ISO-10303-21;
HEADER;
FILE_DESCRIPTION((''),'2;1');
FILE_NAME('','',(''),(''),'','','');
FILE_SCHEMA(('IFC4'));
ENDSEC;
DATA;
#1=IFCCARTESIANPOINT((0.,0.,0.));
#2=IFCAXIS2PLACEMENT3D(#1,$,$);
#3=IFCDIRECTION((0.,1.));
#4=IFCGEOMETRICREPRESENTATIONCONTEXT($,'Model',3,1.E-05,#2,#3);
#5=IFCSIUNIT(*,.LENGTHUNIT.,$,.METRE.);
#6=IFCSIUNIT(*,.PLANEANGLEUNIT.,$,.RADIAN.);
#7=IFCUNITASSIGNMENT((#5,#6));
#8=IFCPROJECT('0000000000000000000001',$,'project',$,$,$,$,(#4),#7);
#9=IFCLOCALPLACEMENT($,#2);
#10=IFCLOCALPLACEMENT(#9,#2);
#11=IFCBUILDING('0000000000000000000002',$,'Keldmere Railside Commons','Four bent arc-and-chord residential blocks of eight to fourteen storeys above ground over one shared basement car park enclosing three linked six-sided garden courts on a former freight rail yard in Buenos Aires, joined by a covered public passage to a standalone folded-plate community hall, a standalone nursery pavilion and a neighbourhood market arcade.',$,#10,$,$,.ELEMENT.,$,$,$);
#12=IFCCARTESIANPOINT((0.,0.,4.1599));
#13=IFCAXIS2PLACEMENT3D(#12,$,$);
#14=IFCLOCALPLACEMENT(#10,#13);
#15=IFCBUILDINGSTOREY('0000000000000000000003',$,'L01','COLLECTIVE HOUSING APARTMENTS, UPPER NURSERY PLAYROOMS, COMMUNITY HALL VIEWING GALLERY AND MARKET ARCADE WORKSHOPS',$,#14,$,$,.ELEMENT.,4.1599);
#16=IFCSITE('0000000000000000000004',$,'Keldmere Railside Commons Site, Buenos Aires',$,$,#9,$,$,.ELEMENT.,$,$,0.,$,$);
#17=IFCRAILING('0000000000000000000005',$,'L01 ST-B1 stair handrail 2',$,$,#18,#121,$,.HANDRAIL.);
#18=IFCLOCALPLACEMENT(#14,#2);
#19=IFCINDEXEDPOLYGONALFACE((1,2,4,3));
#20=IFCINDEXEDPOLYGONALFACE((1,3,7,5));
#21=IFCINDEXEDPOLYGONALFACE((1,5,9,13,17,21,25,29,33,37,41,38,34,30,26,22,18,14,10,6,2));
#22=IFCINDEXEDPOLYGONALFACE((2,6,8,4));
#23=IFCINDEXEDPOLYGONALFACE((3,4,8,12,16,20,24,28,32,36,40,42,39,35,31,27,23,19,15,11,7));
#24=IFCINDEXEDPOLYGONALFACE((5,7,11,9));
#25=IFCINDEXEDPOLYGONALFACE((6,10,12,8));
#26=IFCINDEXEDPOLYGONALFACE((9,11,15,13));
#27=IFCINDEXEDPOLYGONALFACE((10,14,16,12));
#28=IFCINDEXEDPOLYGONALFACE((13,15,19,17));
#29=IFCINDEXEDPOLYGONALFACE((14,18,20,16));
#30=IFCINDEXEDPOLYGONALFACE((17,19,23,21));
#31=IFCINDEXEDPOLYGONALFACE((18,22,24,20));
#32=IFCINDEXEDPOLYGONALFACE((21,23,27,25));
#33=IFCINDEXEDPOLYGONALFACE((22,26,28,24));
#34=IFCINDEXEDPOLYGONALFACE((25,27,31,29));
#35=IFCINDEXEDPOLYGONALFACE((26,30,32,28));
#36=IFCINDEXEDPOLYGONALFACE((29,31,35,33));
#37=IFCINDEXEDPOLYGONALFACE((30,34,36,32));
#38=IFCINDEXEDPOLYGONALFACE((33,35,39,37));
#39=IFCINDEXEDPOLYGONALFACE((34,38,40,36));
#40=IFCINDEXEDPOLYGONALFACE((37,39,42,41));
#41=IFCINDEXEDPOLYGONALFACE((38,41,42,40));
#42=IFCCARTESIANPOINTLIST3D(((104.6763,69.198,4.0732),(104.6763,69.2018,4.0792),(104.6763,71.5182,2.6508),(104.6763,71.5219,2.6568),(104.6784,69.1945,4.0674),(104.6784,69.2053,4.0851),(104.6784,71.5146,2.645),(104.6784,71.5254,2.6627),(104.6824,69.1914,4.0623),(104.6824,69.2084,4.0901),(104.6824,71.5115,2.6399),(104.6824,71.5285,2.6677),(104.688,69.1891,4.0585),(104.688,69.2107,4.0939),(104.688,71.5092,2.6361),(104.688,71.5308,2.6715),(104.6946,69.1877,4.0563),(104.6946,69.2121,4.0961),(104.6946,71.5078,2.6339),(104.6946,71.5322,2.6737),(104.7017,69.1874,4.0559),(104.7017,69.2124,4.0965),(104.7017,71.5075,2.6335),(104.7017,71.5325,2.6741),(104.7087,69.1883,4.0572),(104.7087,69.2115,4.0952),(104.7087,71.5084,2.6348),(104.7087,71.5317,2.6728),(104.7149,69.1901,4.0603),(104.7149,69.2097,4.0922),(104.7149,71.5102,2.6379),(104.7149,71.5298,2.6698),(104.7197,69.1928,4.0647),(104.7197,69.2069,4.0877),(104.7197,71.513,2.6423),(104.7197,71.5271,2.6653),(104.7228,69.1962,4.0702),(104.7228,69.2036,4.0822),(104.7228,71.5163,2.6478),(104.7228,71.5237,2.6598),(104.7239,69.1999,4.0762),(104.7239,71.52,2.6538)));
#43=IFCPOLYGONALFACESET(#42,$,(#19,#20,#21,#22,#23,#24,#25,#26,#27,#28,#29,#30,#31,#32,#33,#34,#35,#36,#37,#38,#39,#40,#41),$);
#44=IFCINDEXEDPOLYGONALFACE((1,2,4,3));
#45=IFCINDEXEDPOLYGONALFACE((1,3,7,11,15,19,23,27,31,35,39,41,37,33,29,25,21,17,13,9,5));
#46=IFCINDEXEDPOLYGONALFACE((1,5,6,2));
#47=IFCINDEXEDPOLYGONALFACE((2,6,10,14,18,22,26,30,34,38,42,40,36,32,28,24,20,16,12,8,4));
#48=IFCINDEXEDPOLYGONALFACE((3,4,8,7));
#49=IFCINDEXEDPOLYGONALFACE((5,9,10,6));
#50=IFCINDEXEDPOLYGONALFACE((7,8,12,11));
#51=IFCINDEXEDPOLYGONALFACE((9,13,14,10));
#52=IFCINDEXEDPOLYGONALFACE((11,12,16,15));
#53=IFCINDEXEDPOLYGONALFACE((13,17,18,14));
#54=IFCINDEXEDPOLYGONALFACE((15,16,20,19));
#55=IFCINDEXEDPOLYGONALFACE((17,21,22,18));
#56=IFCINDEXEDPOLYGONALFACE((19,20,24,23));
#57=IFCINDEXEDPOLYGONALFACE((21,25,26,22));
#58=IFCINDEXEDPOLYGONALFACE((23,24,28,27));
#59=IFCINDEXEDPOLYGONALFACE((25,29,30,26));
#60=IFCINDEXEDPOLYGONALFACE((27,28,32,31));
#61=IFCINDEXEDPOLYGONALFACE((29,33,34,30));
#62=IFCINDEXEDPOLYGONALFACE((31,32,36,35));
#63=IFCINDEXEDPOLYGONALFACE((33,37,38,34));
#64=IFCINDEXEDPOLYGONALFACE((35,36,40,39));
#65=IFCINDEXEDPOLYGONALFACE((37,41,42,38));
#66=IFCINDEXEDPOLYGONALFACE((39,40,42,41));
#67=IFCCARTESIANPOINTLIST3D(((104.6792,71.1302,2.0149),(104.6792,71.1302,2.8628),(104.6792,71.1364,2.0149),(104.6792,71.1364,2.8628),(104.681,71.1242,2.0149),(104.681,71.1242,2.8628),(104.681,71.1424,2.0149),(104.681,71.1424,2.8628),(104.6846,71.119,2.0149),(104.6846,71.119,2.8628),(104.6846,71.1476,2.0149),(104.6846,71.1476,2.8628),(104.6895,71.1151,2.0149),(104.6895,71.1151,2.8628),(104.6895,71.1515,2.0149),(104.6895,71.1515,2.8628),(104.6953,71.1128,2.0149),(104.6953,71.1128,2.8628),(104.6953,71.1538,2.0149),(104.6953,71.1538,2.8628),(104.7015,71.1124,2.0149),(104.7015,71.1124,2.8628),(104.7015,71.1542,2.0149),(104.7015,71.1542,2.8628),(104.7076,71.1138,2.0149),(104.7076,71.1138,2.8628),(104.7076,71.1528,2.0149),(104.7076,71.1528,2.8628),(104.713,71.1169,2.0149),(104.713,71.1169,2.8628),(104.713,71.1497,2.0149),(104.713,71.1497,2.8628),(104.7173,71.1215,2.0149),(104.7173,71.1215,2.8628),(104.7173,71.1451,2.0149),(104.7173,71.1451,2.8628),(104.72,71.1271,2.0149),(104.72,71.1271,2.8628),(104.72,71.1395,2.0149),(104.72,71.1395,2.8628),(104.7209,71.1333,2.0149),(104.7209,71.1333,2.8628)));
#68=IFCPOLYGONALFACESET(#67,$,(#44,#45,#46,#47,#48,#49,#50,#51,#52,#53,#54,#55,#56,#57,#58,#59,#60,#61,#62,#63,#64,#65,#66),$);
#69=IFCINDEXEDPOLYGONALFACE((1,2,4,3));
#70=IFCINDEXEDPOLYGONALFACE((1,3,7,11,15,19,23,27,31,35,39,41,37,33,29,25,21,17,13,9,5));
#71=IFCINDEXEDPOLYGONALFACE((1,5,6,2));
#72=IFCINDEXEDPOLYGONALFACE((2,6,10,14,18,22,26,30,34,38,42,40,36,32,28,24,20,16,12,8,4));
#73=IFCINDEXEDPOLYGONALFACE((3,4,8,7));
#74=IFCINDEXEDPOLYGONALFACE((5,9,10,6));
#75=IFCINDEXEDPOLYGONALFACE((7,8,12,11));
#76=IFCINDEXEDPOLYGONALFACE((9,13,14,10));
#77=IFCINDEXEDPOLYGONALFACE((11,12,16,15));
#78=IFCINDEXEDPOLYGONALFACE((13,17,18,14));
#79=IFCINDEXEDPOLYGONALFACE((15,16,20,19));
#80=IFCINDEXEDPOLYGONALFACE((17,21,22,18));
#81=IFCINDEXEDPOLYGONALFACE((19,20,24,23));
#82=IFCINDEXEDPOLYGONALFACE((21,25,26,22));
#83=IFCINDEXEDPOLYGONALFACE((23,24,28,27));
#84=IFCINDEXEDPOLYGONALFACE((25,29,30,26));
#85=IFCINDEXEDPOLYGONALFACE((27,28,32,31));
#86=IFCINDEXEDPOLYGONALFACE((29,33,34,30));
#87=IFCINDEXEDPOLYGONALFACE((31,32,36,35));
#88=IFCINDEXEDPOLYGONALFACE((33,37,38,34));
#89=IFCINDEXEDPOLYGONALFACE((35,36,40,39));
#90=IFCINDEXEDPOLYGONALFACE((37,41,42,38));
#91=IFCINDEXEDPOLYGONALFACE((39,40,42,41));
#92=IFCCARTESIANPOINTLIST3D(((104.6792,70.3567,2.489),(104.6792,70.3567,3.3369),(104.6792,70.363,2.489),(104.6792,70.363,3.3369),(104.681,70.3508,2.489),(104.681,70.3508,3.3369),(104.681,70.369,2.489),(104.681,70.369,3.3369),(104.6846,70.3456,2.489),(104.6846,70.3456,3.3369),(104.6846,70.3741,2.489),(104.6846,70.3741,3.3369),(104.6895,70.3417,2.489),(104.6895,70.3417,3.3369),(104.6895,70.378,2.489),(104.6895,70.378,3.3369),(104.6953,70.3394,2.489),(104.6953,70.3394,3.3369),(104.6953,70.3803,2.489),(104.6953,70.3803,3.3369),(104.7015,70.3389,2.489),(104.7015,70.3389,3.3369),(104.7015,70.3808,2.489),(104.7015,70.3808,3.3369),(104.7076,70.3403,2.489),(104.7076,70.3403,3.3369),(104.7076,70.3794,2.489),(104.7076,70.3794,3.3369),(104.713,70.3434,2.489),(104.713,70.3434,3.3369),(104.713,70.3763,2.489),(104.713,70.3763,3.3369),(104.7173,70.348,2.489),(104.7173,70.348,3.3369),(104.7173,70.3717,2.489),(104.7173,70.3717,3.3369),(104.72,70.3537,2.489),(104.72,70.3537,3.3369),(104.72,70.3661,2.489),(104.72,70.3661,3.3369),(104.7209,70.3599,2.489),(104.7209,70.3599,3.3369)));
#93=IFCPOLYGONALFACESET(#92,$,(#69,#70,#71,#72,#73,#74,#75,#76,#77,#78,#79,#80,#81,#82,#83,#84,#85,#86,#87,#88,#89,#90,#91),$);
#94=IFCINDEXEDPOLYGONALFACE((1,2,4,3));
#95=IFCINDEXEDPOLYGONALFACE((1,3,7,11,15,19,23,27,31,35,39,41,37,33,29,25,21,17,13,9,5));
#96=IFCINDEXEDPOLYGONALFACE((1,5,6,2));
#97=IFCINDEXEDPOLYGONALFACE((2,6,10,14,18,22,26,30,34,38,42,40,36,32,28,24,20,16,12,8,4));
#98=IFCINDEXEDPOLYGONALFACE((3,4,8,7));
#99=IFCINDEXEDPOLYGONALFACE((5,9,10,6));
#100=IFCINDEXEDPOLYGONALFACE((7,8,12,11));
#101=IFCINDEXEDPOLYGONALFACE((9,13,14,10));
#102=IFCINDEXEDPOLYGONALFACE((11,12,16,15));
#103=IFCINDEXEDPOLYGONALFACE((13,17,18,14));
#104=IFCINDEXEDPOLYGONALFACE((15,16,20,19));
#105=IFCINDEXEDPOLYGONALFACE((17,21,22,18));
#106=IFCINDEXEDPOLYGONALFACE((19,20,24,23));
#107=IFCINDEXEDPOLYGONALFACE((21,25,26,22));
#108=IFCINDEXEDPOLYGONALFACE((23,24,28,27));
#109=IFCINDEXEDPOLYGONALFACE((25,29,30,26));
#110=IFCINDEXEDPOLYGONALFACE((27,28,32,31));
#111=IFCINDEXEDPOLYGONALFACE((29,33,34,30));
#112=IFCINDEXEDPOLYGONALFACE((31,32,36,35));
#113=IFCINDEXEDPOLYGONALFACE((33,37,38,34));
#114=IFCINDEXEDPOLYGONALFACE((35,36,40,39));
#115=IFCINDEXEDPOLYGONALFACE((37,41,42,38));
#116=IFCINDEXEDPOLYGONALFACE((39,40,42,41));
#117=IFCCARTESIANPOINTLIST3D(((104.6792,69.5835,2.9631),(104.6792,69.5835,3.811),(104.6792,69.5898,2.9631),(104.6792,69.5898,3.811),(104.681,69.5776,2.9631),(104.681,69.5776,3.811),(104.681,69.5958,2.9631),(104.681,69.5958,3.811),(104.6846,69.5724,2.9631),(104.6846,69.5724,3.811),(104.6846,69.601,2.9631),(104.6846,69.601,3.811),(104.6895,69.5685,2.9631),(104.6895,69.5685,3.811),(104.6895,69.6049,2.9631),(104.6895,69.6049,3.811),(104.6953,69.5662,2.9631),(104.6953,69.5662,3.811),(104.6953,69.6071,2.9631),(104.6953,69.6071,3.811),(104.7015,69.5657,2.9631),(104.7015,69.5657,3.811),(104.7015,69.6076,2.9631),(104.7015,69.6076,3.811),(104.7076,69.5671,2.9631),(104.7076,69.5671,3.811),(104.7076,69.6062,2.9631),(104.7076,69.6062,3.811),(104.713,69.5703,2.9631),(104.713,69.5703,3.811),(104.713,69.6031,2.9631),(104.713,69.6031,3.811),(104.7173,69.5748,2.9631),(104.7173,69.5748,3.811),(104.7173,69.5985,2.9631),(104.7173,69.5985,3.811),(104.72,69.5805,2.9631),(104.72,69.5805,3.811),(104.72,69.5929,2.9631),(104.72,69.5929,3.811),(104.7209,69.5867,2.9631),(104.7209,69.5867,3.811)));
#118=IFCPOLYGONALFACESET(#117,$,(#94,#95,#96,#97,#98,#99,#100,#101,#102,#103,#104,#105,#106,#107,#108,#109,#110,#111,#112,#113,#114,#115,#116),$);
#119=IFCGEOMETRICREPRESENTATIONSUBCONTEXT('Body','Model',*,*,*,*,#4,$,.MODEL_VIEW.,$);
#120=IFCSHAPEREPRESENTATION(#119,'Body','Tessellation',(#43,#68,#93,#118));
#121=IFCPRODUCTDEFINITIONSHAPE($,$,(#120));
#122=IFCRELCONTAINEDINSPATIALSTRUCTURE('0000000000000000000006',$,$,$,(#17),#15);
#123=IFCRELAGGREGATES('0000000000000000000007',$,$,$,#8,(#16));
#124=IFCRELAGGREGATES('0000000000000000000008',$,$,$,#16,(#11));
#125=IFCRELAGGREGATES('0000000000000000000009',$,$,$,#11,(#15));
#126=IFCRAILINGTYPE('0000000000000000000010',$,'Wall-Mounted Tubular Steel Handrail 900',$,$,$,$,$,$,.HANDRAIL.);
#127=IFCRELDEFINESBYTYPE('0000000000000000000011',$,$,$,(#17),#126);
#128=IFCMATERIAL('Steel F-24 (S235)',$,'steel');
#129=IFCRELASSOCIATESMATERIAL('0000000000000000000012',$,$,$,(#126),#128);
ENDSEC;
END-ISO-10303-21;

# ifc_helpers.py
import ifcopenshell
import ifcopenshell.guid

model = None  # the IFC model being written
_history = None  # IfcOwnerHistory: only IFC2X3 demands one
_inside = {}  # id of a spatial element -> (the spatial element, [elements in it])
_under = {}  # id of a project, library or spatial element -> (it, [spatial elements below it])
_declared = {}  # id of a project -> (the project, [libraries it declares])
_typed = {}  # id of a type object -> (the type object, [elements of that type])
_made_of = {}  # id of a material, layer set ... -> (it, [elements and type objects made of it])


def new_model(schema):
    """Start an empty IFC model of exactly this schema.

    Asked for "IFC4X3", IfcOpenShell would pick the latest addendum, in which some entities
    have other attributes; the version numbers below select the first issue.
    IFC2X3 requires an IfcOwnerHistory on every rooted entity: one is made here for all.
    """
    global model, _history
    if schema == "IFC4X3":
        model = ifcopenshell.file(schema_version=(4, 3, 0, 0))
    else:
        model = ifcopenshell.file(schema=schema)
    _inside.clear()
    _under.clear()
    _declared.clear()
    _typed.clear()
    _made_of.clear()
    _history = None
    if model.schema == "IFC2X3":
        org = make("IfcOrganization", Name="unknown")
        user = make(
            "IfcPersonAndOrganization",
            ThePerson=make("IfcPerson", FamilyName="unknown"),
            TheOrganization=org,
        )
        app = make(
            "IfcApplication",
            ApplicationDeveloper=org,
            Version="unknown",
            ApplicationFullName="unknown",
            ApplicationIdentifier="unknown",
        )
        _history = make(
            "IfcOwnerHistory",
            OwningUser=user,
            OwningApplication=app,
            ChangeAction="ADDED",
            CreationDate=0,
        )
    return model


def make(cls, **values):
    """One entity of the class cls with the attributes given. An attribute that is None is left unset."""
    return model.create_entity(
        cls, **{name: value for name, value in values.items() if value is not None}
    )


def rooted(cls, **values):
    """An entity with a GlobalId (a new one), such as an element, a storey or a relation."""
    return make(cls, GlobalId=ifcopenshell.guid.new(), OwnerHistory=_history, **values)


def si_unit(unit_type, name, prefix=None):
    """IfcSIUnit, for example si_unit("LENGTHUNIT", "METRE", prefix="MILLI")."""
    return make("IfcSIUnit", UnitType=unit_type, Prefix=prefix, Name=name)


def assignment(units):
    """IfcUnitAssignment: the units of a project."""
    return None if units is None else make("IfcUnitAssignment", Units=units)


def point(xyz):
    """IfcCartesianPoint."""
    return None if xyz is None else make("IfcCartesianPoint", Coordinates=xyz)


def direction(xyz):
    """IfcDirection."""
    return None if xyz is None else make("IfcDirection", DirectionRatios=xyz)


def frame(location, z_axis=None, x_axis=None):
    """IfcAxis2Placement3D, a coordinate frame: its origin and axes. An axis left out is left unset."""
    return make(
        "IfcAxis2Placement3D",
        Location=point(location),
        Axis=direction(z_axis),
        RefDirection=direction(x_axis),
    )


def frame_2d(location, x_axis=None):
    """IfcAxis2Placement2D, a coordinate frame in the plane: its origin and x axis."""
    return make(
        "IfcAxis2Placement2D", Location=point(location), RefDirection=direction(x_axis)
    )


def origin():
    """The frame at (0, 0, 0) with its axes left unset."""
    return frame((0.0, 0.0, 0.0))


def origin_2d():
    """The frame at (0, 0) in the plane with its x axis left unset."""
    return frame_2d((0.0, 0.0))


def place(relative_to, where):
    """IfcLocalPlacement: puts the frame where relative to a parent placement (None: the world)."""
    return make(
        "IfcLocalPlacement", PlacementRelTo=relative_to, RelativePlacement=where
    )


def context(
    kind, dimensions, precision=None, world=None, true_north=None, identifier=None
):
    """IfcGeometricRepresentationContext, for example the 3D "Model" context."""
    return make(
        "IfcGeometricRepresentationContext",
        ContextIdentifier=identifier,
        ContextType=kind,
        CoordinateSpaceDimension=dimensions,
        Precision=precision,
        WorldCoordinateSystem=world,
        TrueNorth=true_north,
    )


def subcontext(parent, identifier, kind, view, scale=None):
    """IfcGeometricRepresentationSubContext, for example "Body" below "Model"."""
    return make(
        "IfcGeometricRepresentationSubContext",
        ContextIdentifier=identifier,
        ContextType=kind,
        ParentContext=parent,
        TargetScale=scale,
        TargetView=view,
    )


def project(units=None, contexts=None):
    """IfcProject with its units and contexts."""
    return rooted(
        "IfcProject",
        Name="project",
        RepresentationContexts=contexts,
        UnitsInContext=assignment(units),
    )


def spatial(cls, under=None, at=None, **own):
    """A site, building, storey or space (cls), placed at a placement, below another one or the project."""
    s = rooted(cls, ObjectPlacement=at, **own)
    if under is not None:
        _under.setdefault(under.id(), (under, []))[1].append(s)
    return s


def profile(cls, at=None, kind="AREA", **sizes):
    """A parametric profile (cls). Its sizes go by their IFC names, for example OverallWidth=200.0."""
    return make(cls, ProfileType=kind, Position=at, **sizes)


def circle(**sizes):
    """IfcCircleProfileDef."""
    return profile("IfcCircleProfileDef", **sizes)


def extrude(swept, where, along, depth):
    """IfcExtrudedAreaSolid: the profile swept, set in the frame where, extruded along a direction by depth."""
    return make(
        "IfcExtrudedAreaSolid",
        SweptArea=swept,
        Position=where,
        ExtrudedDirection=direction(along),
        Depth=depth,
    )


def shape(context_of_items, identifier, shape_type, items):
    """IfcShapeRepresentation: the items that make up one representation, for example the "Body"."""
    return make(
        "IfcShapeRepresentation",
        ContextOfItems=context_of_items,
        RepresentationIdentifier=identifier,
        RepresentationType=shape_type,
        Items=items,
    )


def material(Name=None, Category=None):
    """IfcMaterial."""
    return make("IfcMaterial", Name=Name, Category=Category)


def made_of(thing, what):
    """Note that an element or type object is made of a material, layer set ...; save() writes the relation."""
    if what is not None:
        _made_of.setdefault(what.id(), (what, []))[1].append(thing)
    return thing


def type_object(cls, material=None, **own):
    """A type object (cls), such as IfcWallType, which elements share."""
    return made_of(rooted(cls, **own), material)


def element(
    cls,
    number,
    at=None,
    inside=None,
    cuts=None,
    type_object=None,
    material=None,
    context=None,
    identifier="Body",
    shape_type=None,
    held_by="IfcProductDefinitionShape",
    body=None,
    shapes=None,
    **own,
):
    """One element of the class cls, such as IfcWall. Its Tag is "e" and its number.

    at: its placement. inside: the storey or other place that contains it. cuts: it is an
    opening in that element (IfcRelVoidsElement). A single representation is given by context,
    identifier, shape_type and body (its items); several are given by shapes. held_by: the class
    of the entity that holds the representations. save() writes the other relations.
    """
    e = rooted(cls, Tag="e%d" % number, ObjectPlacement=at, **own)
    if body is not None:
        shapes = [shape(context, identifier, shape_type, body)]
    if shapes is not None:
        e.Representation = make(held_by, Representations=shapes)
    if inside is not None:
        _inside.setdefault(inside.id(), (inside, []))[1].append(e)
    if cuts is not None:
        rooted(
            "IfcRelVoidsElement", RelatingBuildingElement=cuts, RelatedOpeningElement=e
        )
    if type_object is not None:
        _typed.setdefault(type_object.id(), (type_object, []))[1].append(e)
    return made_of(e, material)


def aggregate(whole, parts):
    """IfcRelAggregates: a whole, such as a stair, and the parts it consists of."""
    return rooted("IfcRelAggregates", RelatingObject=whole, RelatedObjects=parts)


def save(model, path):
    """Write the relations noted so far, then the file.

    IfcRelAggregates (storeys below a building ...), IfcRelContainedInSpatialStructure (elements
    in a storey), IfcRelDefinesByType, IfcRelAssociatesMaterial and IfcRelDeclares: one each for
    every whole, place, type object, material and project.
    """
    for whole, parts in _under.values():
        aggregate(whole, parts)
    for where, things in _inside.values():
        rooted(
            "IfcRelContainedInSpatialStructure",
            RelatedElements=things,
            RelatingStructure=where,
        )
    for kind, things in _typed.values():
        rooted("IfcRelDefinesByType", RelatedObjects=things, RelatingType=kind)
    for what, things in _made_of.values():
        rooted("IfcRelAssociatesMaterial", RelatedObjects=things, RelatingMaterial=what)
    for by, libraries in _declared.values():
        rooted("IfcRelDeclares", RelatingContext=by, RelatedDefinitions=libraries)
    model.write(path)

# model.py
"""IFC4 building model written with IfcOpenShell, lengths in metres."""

from ifc_helpers import new_model, si_unit, direction, frame, origin, origin_2d, place, context, subcontext, project, spatial, circle, extrude, material, type_object, element, save


model = new_model("IFC4")

# Units and contexts
model_context = context("Model", 3, precision=1e-05, world=origin(), true_north=direction((0.0, 1.0)))
body_context = subcontext(model_context, "Body", "Model", "MODEL_VIEW")
ifc_project = project(units=[si_unit("LENGTHUNIT", "METRE"), si_unit("PLANEANGLEUNIT", "RADIAN")], contexts=[model_context])

# Site, building, storey
site_placement = place(None, origin())
site = spatial("IfcSite", under=ifc_project, at=site_placement, Name="Keldmere Railside Commons Site, Buenos Aires", CompositionType="ELEMENT", RefElevation=0.0)
building_placement = place(site_placement, origin())
building = spatial("IfcBuilding", under=site, at=building_placement, Name="Keldmere Railside Commons", Description="Four bent arc-and-chord residential blocks of eight to fourteen storeys above ground over one shared basement car park enclosing three linked six-sided garden courts on a former freight rail yard in Buenos Aires, joined by a covered public passage to a standalone folded-plate community hall, a standalone nursery pavilion and a neighbourhood market arcade.", CompositionType="ELEMENT")
storey_placement = place(building_placement, frame((0.0, 0.0, 4.1599)))
storey = spatial("IfcBuildingStorey", under=building, at=storey_placement, Name="L01", Description="COLLECTIVE HOUSING APARTMENTS, UPPER NURSERY PLAYROOMS, COMMUNITY HALL VIEWING GALLERY AND MARKET ARCADE WORKSHOPS", CompositionType="ELEMENT", Elevation=4.1599)

# Railing
ifc_material_1 = material(Name="Steel F-24 (S235)", Category="steel")
railing_type_1 = type_object("IfcRailingType", Name="Wall-Mounted Tubular Steel Handrail 900", PredefinedType="HANDRAIL", material=ifc_material_1)
railing_1_placement = place(storey_placement, frame((104.7, 71.52, 1.7778)))
element("IfcRailing", 1, at=railing_1_placement, inside=storey, type_object=railing_type_1, Name="L01 ST-B1 stair handrail 2", PredefinedType="HANDRAIL", context=body_context, shape_type="SweptSolid", body=[
    extrude(circle(Radius=0.0239, at=origin_2d()), frame((0.0, 0.0, 0.876), z_axis=(0.0, -0.852538, 0.522665), x_axis=(1.0, 0.0, 0.0)), (0.0, 0.0, 1.0), 2.7214),
    extrude(circle(Radius=0.021, at=origin_2d()), frame((0.0, -0.3867, 0.2371)), (0.0, 0.0, 1.0), 0.8479),
    extrude(circle(Radius=0.021, at=origin_2d()), frame((0.0, -1.1602, 0.7112)), (0.0, 0.0, 1.0), 0.8479),
    extrude(circle(Radius=0.021, at=origin_2d()), frame((0.0, -1.9333, 1.1853)), (0.0, 0.0, 1.0), 0.8479),
])

save(model, "model.ifc")
